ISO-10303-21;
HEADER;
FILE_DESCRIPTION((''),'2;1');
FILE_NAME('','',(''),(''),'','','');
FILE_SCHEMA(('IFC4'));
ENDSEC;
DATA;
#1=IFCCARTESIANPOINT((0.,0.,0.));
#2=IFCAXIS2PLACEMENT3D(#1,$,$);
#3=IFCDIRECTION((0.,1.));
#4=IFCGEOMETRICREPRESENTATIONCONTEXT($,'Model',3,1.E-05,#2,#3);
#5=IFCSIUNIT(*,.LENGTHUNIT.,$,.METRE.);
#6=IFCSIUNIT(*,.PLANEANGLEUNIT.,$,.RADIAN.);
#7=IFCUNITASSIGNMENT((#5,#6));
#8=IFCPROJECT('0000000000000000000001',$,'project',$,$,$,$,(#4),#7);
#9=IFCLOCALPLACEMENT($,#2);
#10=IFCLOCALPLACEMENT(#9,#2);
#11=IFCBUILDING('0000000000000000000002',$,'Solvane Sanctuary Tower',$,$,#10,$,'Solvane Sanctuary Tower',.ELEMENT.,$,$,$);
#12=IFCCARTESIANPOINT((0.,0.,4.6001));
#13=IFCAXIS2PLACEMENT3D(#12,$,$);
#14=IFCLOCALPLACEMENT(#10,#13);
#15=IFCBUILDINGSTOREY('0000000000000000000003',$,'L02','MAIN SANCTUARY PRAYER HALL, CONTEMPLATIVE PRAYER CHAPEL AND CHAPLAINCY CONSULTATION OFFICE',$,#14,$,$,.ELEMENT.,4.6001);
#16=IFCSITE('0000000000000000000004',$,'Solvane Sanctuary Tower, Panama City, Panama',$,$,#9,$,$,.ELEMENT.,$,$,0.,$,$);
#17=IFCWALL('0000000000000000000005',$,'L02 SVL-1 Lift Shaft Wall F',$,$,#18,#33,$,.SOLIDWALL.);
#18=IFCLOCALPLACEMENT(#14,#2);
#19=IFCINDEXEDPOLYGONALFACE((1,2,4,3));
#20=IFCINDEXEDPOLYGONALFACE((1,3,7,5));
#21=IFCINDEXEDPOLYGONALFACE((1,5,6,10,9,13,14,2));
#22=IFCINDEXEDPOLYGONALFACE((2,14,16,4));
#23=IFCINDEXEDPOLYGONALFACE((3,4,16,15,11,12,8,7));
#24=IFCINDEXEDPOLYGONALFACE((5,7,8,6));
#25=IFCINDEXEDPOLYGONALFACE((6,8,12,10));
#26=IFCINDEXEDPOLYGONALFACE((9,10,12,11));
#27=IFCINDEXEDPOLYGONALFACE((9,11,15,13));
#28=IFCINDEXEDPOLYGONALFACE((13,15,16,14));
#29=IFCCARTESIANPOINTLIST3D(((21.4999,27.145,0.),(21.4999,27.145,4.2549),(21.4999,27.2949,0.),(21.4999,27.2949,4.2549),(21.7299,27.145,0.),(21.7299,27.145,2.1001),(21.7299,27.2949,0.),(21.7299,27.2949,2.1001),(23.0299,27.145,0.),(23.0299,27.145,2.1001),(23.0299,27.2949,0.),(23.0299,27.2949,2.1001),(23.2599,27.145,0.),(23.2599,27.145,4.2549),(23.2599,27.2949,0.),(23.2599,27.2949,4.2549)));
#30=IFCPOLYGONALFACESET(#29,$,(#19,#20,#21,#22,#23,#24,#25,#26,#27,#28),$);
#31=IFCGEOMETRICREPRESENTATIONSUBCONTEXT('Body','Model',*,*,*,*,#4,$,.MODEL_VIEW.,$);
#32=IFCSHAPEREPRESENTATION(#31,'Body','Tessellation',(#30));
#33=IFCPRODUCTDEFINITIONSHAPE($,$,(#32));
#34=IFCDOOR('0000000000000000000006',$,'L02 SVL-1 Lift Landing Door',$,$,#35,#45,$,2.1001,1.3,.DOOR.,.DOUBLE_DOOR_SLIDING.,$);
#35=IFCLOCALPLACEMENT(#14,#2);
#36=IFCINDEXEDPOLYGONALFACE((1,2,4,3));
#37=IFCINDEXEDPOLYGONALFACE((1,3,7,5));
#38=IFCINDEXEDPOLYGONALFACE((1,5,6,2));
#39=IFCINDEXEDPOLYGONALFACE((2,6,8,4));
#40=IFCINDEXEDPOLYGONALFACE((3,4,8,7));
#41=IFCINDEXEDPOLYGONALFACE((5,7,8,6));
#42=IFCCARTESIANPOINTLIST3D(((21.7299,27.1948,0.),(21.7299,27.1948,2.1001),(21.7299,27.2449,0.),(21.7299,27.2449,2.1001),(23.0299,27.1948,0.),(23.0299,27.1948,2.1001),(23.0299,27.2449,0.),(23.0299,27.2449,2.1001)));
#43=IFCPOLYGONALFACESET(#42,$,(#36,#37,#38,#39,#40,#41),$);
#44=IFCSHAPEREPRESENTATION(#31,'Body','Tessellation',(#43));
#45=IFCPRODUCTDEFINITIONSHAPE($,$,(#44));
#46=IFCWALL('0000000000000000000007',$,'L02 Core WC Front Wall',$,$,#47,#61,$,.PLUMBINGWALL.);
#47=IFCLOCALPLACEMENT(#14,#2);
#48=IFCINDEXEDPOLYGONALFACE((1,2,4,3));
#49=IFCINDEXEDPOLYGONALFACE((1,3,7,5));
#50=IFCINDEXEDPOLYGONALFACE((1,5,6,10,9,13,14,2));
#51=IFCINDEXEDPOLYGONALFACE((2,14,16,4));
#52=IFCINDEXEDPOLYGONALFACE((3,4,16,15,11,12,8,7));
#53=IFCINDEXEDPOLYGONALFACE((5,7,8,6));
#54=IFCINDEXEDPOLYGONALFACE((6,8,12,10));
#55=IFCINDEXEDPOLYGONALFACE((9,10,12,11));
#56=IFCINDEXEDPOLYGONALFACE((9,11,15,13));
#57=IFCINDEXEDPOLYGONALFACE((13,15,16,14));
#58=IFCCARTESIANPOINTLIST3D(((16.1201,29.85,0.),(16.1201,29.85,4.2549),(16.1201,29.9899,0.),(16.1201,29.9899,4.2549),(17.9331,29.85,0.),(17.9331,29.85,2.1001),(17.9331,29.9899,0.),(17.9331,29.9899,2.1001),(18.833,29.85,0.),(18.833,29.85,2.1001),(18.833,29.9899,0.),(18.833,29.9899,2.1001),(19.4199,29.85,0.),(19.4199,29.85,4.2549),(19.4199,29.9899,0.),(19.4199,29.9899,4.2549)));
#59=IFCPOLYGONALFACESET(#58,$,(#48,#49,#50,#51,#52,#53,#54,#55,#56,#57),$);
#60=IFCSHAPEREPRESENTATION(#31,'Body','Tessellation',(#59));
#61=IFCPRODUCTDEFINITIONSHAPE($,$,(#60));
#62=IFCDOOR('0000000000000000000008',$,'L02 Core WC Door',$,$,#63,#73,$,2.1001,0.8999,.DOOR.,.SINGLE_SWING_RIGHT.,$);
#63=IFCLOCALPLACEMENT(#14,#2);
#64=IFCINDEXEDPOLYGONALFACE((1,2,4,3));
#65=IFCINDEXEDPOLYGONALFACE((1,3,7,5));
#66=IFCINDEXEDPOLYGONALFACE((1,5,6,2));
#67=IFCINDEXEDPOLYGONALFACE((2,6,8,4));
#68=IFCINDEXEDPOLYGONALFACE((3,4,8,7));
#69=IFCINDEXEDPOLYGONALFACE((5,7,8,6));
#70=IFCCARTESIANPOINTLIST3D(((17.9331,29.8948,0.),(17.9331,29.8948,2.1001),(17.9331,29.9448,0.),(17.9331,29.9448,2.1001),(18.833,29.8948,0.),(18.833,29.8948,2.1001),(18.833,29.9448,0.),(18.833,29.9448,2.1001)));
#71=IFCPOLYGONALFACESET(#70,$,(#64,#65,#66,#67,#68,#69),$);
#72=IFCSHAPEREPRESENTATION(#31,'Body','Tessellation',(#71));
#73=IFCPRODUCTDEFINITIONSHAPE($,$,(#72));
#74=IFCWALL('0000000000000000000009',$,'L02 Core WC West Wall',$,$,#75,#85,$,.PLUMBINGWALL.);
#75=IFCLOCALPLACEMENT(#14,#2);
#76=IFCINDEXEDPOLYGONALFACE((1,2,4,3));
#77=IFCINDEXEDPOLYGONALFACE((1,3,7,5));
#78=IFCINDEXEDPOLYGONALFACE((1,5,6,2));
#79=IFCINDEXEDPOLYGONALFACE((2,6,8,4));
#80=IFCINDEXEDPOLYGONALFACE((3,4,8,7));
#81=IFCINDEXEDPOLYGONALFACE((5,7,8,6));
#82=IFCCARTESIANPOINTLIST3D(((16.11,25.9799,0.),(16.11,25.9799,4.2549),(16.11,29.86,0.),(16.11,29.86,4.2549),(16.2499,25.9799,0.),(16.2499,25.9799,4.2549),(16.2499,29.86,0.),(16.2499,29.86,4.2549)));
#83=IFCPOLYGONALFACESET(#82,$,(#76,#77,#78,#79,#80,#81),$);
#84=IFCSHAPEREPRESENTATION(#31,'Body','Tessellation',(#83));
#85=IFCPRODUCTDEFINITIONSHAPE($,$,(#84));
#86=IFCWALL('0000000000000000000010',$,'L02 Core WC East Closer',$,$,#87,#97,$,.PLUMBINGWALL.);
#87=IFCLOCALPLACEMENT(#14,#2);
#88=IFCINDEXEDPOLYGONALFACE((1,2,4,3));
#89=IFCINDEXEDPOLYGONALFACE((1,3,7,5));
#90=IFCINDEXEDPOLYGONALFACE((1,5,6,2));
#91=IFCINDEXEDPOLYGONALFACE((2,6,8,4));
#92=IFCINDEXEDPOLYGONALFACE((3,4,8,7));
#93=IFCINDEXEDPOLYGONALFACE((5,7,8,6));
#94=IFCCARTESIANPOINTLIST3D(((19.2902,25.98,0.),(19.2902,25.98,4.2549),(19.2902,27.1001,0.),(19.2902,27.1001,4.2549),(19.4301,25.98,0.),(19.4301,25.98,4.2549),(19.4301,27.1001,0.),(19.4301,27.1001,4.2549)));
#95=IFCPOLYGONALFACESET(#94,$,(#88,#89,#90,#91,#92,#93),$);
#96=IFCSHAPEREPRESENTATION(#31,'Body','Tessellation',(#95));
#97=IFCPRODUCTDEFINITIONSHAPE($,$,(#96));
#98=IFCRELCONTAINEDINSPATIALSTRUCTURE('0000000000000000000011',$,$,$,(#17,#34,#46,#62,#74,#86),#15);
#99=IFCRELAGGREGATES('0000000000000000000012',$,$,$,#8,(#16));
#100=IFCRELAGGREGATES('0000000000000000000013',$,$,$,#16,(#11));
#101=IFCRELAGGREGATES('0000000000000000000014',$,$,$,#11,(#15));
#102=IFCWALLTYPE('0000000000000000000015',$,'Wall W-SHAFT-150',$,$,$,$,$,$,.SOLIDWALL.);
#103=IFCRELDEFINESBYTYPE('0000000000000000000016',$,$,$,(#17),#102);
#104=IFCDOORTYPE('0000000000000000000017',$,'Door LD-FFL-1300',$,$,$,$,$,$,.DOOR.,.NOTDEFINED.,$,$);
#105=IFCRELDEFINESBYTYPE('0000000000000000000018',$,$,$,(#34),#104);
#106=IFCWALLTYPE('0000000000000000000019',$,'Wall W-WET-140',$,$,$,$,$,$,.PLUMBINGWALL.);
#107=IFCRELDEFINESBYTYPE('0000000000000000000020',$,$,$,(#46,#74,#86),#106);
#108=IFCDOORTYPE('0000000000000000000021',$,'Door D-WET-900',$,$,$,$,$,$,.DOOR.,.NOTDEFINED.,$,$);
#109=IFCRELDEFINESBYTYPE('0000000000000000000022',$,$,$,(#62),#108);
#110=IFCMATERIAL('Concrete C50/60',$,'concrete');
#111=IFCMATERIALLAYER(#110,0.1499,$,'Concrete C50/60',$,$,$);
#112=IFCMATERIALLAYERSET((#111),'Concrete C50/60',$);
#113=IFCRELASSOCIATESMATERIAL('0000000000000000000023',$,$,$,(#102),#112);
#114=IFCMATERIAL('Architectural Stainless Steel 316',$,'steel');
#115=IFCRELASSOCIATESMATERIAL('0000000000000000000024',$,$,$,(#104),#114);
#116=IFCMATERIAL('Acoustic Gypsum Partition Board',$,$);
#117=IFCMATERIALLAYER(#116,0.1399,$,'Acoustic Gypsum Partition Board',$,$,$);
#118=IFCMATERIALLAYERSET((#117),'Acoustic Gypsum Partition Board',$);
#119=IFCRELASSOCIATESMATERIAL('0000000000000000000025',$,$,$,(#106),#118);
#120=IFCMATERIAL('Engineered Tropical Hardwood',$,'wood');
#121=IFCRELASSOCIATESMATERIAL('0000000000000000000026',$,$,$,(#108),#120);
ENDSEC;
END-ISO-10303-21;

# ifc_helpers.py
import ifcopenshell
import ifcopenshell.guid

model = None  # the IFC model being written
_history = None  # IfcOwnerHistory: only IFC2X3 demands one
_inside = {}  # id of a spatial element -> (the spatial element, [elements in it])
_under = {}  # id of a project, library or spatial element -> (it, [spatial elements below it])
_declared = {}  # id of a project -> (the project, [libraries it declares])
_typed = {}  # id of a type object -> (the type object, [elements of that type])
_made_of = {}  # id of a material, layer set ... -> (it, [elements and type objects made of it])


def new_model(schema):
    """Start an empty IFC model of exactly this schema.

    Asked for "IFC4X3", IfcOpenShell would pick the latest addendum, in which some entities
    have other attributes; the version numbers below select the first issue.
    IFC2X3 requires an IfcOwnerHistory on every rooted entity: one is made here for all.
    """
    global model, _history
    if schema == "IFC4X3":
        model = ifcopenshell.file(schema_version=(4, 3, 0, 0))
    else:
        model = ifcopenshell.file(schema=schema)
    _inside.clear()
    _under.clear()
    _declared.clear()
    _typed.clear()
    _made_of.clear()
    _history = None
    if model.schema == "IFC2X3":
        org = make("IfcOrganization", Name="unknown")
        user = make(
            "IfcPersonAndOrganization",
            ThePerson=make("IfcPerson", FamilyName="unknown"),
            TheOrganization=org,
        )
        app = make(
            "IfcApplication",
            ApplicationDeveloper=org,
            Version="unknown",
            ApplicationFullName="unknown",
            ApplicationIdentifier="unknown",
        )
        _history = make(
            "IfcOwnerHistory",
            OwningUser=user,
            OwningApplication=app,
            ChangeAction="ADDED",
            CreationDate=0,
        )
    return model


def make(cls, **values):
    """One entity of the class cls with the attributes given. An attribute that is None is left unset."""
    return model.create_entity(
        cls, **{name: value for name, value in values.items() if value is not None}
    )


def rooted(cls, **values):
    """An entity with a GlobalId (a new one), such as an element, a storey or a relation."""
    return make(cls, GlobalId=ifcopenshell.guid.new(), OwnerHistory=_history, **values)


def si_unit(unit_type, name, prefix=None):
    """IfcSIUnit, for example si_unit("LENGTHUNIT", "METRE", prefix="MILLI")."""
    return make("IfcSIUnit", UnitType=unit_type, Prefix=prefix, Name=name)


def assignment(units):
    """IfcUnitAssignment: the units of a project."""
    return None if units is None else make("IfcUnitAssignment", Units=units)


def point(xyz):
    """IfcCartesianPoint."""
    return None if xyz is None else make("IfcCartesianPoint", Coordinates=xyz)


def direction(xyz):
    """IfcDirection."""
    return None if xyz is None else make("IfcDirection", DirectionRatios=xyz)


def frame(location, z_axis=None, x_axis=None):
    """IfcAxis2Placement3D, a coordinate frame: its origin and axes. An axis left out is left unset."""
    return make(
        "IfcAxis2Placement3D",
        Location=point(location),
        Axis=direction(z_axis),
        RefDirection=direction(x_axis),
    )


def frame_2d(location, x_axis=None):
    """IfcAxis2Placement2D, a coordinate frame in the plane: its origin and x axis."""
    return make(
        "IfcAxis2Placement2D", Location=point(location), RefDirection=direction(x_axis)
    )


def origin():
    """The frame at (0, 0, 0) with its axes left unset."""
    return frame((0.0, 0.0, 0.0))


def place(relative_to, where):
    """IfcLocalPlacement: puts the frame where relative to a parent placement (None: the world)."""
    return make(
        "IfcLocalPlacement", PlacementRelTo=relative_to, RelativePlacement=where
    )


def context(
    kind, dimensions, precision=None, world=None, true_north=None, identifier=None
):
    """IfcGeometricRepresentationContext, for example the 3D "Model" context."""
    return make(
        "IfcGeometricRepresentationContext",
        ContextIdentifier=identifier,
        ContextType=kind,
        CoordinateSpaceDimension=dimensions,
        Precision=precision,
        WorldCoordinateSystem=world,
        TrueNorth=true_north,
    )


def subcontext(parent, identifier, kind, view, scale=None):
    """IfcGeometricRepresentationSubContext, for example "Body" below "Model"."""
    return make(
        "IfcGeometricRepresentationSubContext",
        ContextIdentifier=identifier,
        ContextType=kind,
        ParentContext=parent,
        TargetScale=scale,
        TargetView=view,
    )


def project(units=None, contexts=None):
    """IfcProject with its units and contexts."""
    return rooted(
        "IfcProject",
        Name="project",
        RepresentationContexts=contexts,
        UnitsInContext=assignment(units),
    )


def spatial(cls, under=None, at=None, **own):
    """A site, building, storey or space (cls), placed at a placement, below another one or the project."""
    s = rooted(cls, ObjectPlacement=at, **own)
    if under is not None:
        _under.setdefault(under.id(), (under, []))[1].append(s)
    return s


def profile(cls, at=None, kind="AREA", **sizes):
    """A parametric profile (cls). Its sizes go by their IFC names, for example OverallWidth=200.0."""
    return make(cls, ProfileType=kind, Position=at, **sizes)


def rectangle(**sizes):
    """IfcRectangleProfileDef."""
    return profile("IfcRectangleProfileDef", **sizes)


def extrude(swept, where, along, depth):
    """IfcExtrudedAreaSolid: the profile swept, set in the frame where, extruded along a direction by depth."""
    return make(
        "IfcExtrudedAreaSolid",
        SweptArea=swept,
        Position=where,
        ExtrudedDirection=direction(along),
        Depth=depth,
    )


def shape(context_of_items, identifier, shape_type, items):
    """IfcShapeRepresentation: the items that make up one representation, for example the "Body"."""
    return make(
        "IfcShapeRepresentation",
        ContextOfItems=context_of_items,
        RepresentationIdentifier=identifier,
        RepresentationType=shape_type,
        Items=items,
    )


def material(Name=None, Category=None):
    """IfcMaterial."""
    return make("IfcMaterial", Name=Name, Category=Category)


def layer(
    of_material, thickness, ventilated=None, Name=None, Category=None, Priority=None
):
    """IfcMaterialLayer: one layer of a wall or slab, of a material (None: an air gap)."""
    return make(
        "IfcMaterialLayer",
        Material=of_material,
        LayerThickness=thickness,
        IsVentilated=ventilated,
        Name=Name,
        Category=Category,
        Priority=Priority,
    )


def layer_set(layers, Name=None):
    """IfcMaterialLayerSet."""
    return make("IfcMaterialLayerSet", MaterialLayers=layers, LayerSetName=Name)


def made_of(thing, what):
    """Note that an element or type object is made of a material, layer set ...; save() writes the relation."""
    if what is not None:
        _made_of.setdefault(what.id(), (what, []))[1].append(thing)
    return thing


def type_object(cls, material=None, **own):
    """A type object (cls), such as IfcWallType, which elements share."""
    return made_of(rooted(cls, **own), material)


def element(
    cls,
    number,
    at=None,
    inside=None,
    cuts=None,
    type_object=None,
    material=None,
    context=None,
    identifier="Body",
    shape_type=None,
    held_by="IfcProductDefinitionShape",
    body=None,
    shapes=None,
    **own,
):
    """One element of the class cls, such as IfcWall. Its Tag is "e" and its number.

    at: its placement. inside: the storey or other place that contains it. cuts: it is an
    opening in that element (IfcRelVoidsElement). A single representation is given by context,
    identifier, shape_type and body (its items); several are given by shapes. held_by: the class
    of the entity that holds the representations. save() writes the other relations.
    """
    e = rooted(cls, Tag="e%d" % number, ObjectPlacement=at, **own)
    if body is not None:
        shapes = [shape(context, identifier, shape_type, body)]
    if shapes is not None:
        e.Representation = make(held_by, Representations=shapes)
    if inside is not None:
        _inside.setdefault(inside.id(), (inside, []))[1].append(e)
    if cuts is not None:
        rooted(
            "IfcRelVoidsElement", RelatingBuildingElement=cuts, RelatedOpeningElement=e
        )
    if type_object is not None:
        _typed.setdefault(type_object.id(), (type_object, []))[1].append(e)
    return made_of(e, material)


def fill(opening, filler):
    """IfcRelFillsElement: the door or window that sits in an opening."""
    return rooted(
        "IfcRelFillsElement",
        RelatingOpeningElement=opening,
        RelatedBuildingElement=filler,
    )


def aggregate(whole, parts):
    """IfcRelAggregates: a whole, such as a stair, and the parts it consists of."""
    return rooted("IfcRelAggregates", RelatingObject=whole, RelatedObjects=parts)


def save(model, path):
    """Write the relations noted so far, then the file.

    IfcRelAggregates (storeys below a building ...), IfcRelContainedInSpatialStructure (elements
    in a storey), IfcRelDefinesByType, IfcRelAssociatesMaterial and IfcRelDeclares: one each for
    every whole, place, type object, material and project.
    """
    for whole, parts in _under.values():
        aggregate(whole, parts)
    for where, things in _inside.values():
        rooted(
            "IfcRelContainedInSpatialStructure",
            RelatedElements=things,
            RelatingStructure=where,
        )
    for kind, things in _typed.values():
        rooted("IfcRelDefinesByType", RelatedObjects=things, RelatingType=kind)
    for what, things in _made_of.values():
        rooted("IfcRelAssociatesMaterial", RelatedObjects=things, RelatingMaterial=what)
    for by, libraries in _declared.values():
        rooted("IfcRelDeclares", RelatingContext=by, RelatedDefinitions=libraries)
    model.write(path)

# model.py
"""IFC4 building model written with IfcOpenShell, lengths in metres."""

from ifc_helpers import new_model, si_unit, direction, frame, frame_2d, origin, place, context, subcontext, project, spatial, rectangle, extrude, material, layer, layer_set, type_object, element, fill, save


model = new_model("IFC4")

# Units and contexts
model_context = context("Model", 3, precision=1e-05, world=origin(), true_north=direction((0.0, 1.0)))
body_context = subcontext(model_context, "Body", "Model", "MODEL_VIEW")
ifc_project = project(units=[si_unit("LENGTHUNIT", "METRE"), si_unit("PLANEANGLEUNIT", "RADIAN")], contexts=[model_context])

# Site, building, storey
site_placement = place(None, origin())
site = spatial("IfcSite", under=ifc_project, at=site_placement, Name="Solvane Sanctuary Tower, Panama City, Panama", CompositionType="ELEMENT", RefElevation=0.0)
building_placement = place(site_placement, origin())
building = spatial("IfcBuilding", under=site, at=building_placement, Name="Solvane Sanctuary Tower", LongName="Solvane Sanctuary Tower", CompositionType="ELEMENT")
storey_placement = place(building_placement, frame((0.0, 0.0, 4.6001)))
storey = spatial("IfcBuildingStorey", under=building, at=storey_placement, Name="L02", Description="MAIN SANCTUARY PRAYER HALL, CONTEMPLATIVE PRAYER CHAPEL AND CHAPLAINCY CONSULTATION OFFICE", CompositionType="ELEMENT", Elevation=4.6001)

# Shared definitions
ifc_material_1 = material(Name="Concrete C50/60", Category="concrete")
ifc_layer_1 = layer(ifc_material_1, 0.1499, Name="Concrete C50/60")
ifc_layer_set_1 = layer_set([ifc_layer_1], Name="Concrete C50/60")
wall_type_1 = type_object("IfcWallType", Name="Wall W-SHAFT-150", PredefinedType="SOLIDWALL", material=ifc_layer_set_1)
ifc_material_2 = material(Name="Architectural Stainless Steel 316", Category="steel")
door_type_1 = type_object("IfcDoorType", Name="Door LD-FFL-1300", OperationType="NOTDEFINED", PredefinedType="DOOR", material=ifc_material_2)

# Walls, openings, doors
wall_1_placement = place(storey_placement, frame((21.5, 27.22, 0.0), z_axis=(0.0, 0.0, 1.0), x_axis=(1.0, 0.0, 0.0)))
wall_1 = element("IfcWall", 1, at=wall_1_placement, inside=storey, type_object=wall_type_1, Name="L02 SVL-1 Lift Shaft Wall F", PredefinedType="SOLIDWALL", context=body_context, shape_type="SweptSolid", body=[
    extrude(rectangle(XDim=1.76, YDim=0.1499, at=frame_2d((0.8799, 0.0))), origin(), (0.0, 0.0, 1.0), 4.2549),
])
opening_1_placement = place(wall_1_placement, frame((0.23, 0.0, 0.0)))
opening_1 = element("IfcOpeningElement", 2, at=opening_1_placement, cuts=wall_1, PredefinedType="OPENING", context=body_context, shape_type="SweptSolid", body=[
    extrude(rectangle(XDim=1.3, YDim=2.1001, at=frame_2d((0.6499, 1.05))), frame((0.0, 0.085, 0.0), z_axis=(0.0, -1.0, 0.0), x_axis=(1.0, 0.0, 0.0)), (0.0, 0.0, 1.0), 0.1699),
])
door_1_placement = place(opening_1_placement, origin())
door_1 = element("IfcDoor", 3, at=door_1_placement, inside=storey, type_object=door_type_1, Name="L02 SVL-1 Lift Landing Door", OperationType="DOUBLE_DOOR_SLIDING", OverallHeight=2.1001, OverallWidth=1.3, PredefinedType="DOOR", context=body_context, shape_type="SweptSolid", body=[
    extrude(rectangle(XDim=1.3, YDim=2.1001, at=frame_2d((0.6499, 1.05))), frame((0.0, 0.0249, 0.0), z_axis=(0.0, -1.0, 0.0), x_axis=(1.0, 0.0, 0.0)), (0.0, 0.0, 1.0), 0.05),
])
fill(opening_1, door_1)
ifc_material_3 = material(Name="Acoustic Gypsum Partition Board")
ifc_layer_2 = layer(ifc_material_3, 0.1399, Name="Acoustic Gypsum Partition Board")
ifc_layer_set_2 = layer_set([ifc_layer_2], Name="Acoustic Gypsum Partition Board")
wall_type_2 = type_object("IfcWallType", Name="Wall W-WET-140", PredefinedType="PLUMBINGWALL", material=ifc_layer_set_2)
wall_2_placement = place(storey_placement, frame((16.1201, 29.9199, 0.0), z_axis=(0.0, 0.0, 1.0), x_axis=(1.0, 0.0, 0.0)))
wall_2 = element("IfcWall", 4, at=wall_2_placement, inside=storey, type_object=wall_type_2, Name="L02 Core WC Front Wall", PredefinedType="PLUMBINGWALL", context=body_context, shape_type="SweptSolid", body=[
    extrude(rectangle(XDim=3.2998, YDim=0.1399, at=frame_2d((1.6499, 0.0))), origin(), (0.0, 0.0, 1.0), 4.2549),
])
opening_2_placement = place(wall_2_placement, frame((1.813, 0.0, 0.0)))
opening_2 = element("IfcOpeningElement", 5, at=opening_2_placement, cuts=wall_2, PredefinedType="OPENING", context=body_context, shape_type="SweptSolid", body=[
    extrude(rectangle(XDim=0.8999, YDim=2.1001, at=frame_2d((0.45, 1.05))), frame((0.0, 0.0798, 0.0), z_axis=(0.0, -1.0, 0.0), x_axis=(1.0, 0.0, 0.0)), (0.0, 0.0, 1.0), 0.1599),
])
ifc_material_4 = material(Name="Engineered Tropical Hardwood", Category="wood")
door_type_2 = type_object("IfcDoorType", Name="Door D-WET-900", OperationType="NOTDEFINED", PredefinedType="DOOR", material=ifc_material_4)
door_2_placement = place(opening_2_placement, origin())
door_2 = element("IfcDoor", 6, at=door_2_placement, inside=storey, type_object=door_type_2, Name="L02 Core WC Door", OperationType="SINGLE_SWING_RIGHT", OverallHeight=2.1001, OverallWidth=0.8999, PredefinedType="DOOR", context=body_context, shape_type="SweptSolid", body=[
    extrude(rectangle(XDim=0.8999, YDim=2.1001, at=frame_2d((0.45, 1.05))), frame((0.0, 0.0249, 0.0), z_axis=(0.0, -1.0, 0.0), x_axis=(1.0, 0.0, 0.0)), (0.0, 0.0, 1.0), 0.05),
])
fill(opening_2, door_2)

# Walls
wall_3_placement = place(storey_placement, frame((16.1799, 25.98, 0.0), z_axis=(0.0, 0.0, 1.0), x_axis=(0.0, 1.0, 0.0)))
element("IfcWall", 7, at=wall_3_placement, inside=storey, type_object=wall_type_2, Name="L02 Core WC West Wall", PredefinedType="PLUMBINGWALL", context=body_context, shape_type="SweptSolid", body=[
    extrude(rectangle(XDim=3.8801, YDim=0.1399, at=frame_2d((1.9399, 0.0))), origin(), (0.0, 0.0, 1.0), 4.2549),
])
wall_4_placement = place(storey_placement, frame((19.3601, 25.98, 0.0), z_axis=(0.0, 0.0, 1.0), x_axis=(0.0, 1.0, 0.0)))
element("IfcWall", 8, at=wall_4_placement, inside=storey, type_object=wall_type_2, Name="L02 Core WC East Closer", PredefinedType="PLUMBINGWALL", context=body_context, shape_type="SweptSolid", body=[
    extrude(rectangle(XDim=1.1201, YDim=0.1399, at=frame_2d((0.5601, 0.0))), origin(), (0.0, 0.0, 1.0), 4.2549),
])

save(model, "model.ifc")
